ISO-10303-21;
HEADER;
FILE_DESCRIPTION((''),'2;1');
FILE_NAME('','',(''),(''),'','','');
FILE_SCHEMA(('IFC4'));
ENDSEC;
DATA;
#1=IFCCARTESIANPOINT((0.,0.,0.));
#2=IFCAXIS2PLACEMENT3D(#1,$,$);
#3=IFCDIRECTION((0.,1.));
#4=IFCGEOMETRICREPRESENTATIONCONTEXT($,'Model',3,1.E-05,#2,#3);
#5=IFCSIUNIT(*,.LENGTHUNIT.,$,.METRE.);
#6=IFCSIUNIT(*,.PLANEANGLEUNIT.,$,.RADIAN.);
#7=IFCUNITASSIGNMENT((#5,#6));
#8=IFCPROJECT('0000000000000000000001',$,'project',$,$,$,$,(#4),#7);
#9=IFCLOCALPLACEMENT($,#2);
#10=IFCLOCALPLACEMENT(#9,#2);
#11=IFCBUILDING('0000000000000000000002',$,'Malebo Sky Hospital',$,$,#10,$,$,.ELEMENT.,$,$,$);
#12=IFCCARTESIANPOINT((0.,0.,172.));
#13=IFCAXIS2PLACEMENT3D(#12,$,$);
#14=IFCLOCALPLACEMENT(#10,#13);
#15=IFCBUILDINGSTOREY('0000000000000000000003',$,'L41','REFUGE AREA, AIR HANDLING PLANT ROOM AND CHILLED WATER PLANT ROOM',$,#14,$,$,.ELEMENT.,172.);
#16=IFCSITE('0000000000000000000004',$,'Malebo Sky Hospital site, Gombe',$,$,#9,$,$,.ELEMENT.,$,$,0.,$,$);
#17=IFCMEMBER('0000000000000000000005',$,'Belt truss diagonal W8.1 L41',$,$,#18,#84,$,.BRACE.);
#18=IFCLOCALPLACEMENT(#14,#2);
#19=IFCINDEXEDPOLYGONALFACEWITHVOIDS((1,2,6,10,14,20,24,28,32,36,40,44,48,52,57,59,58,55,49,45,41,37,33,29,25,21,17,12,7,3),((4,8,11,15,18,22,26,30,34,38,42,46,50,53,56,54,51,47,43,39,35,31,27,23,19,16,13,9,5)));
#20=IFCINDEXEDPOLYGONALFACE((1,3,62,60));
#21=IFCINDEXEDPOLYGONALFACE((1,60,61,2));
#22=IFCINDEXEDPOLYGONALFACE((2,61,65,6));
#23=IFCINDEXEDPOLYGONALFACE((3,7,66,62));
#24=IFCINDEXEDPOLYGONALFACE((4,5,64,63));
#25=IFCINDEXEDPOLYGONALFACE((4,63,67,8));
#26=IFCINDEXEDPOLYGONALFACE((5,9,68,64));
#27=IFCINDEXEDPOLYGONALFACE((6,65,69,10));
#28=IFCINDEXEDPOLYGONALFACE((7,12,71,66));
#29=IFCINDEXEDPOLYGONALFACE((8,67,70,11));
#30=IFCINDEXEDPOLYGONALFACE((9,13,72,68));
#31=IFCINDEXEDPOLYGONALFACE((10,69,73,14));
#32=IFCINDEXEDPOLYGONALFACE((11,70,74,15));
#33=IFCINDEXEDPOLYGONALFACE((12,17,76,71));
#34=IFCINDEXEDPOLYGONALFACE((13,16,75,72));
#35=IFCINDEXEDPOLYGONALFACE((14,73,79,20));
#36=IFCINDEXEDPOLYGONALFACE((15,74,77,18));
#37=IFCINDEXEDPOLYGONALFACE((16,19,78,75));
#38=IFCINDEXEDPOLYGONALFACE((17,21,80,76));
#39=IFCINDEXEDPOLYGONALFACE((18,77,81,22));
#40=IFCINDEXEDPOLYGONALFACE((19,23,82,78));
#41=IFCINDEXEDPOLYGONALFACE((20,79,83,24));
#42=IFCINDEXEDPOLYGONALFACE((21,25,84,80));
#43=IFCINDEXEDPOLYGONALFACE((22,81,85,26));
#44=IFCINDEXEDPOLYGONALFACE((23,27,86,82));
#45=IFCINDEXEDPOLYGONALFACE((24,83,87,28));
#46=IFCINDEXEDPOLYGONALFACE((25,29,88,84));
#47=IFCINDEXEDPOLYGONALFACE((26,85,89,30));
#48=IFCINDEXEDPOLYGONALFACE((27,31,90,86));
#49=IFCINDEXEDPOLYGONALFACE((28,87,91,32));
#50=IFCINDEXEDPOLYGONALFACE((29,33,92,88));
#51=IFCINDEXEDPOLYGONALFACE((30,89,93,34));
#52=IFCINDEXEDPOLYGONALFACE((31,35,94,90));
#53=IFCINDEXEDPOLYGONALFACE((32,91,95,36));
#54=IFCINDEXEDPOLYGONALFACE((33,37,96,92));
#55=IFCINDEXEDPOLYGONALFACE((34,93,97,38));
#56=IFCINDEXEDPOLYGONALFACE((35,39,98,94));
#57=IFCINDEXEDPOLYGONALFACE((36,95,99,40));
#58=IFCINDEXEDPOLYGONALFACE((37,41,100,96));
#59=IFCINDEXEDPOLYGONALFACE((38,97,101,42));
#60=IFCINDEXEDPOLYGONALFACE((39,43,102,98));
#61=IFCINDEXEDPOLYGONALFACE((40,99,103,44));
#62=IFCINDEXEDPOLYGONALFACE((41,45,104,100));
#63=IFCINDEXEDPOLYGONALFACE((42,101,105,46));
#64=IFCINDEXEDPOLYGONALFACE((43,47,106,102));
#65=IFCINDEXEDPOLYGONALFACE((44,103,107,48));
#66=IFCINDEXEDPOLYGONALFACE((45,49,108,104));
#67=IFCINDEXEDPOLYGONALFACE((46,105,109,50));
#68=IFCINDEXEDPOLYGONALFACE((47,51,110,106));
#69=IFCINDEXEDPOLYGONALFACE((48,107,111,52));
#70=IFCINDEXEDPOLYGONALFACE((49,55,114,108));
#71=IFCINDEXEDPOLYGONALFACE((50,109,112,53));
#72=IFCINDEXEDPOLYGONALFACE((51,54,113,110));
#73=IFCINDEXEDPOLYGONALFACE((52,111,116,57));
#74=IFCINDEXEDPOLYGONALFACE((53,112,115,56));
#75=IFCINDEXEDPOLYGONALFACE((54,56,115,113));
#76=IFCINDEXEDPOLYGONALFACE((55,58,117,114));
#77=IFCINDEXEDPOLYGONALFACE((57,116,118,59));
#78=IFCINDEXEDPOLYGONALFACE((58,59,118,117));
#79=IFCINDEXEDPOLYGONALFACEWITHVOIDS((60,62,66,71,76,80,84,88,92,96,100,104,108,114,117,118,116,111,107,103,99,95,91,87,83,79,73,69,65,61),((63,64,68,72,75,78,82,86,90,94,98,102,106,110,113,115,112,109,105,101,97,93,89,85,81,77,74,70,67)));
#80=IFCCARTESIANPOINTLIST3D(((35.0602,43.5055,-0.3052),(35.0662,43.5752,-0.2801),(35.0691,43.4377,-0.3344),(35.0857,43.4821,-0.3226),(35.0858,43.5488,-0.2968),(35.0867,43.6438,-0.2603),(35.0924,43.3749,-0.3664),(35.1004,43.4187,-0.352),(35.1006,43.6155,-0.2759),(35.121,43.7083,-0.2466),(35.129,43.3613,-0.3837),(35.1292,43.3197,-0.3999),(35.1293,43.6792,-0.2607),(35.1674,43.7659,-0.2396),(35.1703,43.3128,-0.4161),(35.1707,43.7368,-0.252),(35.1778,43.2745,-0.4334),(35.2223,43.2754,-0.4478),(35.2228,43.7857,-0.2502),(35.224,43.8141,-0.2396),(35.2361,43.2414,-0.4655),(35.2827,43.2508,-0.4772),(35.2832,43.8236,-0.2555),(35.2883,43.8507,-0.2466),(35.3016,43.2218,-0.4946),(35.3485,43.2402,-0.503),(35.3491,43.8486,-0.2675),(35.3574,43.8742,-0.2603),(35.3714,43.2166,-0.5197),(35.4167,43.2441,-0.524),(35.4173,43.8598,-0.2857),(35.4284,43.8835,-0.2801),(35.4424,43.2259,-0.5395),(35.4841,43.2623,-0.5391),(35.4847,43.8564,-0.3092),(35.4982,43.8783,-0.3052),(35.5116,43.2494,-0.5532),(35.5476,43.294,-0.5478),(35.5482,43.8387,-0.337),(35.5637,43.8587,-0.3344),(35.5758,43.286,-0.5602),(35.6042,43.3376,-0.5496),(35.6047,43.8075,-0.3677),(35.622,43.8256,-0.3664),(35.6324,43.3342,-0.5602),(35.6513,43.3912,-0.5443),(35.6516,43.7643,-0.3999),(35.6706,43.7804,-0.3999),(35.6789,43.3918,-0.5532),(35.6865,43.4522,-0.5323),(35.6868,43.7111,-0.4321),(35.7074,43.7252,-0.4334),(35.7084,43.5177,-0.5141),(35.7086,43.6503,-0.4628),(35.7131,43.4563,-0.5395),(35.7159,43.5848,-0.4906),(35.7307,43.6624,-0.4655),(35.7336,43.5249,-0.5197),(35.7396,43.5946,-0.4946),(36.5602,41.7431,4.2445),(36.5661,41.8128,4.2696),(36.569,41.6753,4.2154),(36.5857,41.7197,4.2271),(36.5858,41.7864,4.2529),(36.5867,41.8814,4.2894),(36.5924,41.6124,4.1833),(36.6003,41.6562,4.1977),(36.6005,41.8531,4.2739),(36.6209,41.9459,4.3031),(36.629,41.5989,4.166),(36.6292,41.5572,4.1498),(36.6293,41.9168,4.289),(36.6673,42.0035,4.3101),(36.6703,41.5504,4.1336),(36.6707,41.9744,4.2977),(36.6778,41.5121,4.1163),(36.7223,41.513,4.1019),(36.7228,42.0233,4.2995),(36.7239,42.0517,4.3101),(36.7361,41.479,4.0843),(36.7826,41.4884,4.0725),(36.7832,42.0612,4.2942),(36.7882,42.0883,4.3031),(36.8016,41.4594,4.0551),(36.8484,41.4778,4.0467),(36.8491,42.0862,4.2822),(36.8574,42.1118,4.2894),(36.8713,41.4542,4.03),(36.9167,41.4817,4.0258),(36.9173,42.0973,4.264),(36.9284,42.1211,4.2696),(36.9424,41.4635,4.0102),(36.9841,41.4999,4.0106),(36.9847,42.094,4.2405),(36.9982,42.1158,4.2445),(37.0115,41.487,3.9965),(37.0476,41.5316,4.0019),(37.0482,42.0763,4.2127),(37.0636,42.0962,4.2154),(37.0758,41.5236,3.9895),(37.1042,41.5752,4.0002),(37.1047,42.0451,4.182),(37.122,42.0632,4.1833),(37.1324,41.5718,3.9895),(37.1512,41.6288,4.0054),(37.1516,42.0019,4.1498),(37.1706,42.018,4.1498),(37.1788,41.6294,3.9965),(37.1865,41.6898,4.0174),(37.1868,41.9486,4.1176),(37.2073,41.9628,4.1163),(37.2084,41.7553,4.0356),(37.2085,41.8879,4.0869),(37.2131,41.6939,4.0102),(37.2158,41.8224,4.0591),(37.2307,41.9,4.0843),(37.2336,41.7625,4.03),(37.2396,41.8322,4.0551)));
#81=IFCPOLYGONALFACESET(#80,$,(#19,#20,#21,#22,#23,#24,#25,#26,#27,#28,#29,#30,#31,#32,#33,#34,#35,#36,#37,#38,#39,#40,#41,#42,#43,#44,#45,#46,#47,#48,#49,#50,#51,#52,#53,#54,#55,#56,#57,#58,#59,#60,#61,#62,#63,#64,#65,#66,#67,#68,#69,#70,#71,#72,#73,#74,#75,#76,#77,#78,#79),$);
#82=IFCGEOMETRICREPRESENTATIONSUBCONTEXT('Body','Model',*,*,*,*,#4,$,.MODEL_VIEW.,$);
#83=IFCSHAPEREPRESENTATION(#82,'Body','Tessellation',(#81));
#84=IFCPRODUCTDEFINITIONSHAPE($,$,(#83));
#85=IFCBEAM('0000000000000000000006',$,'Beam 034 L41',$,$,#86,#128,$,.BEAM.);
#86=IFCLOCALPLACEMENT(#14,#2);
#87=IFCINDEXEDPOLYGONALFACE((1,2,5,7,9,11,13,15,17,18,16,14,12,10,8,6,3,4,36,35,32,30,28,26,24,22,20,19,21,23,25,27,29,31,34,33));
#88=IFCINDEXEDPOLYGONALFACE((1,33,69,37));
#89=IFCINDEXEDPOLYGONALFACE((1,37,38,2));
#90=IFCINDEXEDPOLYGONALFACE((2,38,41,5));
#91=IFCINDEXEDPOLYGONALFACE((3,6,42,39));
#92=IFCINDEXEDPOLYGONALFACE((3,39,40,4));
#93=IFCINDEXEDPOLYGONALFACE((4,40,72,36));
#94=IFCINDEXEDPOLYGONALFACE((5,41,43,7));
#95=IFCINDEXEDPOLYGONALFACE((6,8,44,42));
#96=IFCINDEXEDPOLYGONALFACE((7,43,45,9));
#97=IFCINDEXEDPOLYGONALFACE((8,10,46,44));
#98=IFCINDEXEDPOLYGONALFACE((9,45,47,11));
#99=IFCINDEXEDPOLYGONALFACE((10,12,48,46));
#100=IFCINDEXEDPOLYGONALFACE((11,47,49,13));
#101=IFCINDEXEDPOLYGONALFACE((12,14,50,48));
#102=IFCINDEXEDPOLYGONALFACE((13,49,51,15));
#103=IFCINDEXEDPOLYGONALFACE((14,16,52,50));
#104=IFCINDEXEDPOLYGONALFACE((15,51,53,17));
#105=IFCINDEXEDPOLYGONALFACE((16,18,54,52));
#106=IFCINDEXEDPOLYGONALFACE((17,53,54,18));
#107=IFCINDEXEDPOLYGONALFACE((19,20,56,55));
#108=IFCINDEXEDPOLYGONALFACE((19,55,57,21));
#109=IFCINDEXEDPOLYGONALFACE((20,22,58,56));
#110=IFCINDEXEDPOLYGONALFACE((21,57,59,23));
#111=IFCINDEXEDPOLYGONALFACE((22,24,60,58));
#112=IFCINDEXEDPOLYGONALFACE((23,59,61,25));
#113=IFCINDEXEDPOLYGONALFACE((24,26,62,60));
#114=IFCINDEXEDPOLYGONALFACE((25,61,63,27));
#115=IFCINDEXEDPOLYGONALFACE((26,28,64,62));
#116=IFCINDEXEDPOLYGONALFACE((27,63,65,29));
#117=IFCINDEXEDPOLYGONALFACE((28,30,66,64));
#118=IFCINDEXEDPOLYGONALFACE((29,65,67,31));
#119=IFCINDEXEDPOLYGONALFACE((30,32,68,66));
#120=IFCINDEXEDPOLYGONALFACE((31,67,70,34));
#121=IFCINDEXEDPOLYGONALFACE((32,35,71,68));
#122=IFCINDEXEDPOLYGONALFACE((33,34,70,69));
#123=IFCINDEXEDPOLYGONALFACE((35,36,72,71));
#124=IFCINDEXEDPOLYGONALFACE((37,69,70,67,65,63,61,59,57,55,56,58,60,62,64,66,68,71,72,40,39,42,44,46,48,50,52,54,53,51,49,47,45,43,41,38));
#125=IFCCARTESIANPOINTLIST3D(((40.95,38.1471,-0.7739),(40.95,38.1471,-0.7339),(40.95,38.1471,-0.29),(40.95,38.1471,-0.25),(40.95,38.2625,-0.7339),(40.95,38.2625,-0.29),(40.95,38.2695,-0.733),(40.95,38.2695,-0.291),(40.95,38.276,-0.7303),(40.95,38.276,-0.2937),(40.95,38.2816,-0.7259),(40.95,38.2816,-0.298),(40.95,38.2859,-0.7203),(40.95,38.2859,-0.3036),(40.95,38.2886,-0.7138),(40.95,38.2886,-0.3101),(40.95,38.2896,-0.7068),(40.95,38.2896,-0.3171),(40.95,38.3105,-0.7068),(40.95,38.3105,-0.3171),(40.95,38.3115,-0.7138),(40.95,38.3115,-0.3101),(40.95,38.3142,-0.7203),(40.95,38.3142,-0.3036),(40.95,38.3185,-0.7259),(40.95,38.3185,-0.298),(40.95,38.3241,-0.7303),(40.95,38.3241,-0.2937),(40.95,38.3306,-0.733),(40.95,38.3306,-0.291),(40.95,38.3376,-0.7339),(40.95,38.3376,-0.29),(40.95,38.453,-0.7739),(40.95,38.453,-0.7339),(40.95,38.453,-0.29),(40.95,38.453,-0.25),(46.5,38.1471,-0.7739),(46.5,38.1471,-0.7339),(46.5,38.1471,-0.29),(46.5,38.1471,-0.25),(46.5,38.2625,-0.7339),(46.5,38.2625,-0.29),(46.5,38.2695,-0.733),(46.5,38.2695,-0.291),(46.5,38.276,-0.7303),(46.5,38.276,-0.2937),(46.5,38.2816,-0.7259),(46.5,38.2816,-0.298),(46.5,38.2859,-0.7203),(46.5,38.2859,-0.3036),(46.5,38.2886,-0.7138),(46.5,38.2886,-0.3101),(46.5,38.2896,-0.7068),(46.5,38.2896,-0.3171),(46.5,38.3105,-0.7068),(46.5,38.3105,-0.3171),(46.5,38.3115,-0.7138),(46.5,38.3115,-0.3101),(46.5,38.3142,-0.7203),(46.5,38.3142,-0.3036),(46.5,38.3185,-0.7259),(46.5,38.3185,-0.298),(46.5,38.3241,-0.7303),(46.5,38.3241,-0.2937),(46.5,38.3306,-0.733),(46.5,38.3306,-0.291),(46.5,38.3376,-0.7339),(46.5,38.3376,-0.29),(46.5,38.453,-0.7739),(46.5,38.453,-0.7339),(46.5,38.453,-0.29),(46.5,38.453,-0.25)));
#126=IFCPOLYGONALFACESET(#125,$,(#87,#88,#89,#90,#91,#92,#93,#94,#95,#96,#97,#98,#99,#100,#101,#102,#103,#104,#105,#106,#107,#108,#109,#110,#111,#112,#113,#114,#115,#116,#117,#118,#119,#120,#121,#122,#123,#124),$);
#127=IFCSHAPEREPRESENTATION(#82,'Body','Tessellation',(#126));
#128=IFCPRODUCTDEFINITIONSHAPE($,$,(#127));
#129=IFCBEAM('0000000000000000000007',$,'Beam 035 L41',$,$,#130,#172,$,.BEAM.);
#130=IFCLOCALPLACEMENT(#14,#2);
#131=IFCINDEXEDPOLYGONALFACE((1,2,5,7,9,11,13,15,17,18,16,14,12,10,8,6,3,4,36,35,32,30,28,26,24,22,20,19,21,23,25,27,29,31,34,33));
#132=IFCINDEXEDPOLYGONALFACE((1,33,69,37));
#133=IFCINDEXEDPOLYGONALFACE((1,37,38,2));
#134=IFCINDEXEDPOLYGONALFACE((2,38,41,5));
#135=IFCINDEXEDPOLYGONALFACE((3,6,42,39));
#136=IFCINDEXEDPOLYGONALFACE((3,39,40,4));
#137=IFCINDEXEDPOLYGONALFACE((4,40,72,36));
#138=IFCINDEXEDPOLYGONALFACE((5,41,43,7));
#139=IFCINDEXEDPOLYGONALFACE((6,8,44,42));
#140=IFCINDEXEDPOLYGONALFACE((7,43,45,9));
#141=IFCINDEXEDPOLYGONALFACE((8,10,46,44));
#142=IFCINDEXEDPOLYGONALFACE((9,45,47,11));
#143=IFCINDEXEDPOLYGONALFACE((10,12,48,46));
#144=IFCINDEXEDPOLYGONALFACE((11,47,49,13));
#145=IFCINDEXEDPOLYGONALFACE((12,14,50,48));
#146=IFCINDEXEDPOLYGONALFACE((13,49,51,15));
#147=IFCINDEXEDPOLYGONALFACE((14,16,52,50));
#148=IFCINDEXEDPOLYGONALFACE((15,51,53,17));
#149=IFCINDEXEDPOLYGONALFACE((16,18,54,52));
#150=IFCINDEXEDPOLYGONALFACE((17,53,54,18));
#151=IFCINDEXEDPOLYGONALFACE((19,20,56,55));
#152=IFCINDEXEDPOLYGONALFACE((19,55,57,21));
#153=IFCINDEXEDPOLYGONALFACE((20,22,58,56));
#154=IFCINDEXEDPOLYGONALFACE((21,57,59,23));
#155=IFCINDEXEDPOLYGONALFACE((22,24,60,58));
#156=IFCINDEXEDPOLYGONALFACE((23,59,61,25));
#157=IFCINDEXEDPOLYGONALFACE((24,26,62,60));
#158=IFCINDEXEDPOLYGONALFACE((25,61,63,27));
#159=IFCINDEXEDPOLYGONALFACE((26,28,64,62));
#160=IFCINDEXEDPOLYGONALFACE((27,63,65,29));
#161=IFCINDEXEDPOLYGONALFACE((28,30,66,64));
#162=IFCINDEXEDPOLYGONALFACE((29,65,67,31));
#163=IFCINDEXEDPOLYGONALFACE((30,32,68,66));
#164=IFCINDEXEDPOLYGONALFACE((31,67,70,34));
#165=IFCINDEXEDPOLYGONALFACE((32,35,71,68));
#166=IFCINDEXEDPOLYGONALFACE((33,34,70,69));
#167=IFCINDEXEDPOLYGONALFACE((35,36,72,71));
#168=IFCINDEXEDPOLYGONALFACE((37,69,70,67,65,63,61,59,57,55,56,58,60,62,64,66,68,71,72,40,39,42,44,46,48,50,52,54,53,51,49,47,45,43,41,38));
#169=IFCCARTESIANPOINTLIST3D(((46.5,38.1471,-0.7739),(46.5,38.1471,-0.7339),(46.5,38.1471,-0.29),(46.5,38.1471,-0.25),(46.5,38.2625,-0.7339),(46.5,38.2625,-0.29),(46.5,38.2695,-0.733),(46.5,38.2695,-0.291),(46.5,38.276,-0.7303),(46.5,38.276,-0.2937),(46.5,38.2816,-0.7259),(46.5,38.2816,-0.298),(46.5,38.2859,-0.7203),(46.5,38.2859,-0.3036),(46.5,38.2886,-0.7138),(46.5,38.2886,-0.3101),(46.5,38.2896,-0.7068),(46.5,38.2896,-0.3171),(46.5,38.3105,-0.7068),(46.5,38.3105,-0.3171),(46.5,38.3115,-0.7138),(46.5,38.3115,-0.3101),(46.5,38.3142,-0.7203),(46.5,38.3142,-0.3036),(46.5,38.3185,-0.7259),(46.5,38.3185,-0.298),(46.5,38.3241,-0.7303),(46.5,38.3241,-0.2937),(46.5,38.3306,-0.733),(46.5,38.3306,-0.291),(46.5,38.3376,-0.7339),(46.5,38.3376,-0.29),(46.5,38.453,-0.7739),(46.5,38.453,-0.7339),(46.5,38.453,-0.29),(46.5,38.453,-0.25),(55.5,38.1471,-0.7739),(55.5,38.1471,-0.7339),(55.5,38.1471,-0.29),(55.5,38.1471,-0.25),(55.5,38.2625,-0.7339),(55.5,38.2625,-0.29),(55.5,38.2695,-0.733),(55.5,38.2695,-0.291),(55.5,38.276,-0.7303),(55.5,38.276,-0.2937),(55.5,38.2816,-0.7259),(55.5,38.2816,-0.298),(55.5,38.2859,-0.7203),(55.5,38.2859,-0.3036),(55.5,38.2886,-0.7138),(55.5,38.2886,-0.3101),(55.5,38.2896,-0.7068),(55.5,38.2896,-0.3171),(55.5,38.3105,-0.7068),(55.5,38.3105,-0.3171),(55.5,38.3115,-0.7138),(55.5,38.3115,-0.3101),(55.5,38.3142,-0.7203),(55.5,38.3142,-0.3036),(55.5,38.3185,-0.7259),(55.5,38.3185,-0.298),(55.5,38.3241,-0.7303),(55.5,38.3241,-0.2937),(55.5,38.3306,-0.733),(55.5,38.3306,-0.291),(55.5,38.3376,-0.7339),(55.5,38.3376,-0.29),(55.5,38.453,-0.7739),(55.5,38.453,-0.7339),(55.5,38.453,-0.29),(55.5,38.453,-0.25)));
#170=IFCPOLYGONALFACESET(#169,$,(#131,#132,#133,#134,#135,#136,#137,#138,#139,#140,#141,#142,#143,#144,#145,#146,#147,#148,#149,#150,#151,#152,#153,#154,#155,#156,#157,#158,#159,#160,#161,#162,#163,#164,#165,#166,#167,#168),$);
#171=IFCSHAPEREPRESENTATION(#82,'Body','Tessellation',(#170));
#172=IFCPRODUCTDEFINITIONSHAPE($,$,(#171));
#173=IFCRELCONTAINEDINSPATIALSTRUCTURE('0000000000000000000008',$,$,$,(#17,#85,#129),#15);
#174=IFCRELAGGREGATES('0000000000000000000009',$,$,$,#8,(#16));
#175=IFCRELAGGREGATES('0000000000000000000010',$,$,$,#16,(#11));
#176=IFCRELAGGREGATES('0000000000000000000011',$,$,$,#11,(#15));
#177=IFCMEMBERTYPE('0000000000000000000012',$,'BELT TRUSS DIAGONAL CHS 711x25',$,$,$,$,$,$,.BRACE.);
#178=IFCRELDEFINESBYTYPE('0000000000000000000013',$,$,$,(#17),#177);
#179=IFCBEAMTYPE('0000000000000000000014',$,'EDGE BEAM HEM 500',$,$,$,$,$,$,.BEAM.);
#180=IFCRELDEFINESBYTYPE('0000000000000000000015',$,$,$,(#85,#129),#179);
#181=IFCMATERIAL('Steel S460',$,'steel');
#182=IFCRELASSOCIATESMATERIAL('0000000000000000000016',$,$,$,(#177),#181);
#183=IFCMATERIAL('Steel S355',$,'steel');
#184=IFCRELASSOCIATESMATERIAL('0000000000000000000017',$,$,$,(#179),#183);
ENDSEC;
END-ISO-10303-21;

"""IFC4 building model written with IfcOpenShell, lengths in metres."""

from ifc_helpers import new_model, si_unit, direction, frame, origin, origin_2d, place, context, subcontext, project, spatial, hollow_circle, i_section, extrude, material, material_profile, profile_set, type_object, element, save


model = new_model("IFC4")

# Units and contexts
model_context = context("Model", 3, precision=1e-05, world=origin(), true_north=direction((0.0, 1.0)))
body_context = subcontext(model_context, "Body", "Model", "MODEL_VIEW")
ifc_project = project(units=[si_unit("LENGTHUNIT", "METRE"), si_unit("PLANEANGLEUNIT", "RADIAN")], contexts=[model_context])

# Site, building, storey
site_placement = place(None, origin())
site = spatial("IfcSite", under=ifc_project, at=site_placement, Name="Malebo Sky Hospital site, Gombe", CompositionType="ELEMENT", RefElevation=0.0)
building_placement = place(site_placement, origin())
building = spatial("IfcBuilding", under=site, at=building_placement, Name="Malebo Sky Hospital", CompositionType="ELEMENT")
storey_placement = place(building_placement, frame((0.0, 0.0, 172.0)))
storey = spatial("IfcBuildingStorey", under=building, at=storey_placement, Name="L41", Description="REFUGE AREA, AIR HANDLING PLANT ROOM AND CHILLED WATER PLANT ROOM", CompositionType="ELEMENT", Elevation=172.0)

# Shared definitions
ifc_material_1 = material(Name="Steel S460", Category="steel")

# Member
ifc_material_profile_1 = material_profile(ifc_material_1, hollow_circle(Radius=0.3555, WallThickness=0.0249, at=origin_2d()), Name="CHS 711x25")
ifc_profile_set_1 = profile_set([ifc_material_profile_1], Name="Steel S460")
member_type_1 = type_object("IfcMemberType", Name="BELT TRUSS DIAGONAL CHS 711x25", PredefinedType="BRACE", material=ifc_profile_set_1)
member_1_placement = place(storey_placement, frame((35.3999, 43.55, -0.3999), z_axis=(0.293853, -0.345267, 0.891314), x_axis=(0.761531, 0.648129, 0.0)))
element("IfcMember", 1, at=member_1_placement, inside=storey, type_object=member_type_1, Name="Belt truss diagonal W8.1 L41", PredefinedType="BRACE", context=body_context, shape_type="SweptSolid", body=[
    extrude(hollow_circle(Radius=0.3555, WallThickness=0.0249, at=origin_2d()), origin(), (0.0, 0.0, 1.0), 5.1045),
])

# Beams
ifc_material_2 = material(Name="Steel S355", Category="steel")
ifc_material_profile_2 = material_profile(ifc_material_2, i_section(OverallWidth=0.3059, OverallDepth=0.5239, WebThickness=0.021, FlangeThickness=0.04, FilletRadius=0.0271, at=origin_2d()), Name="HEM 500")
ifc_profile_set_2 = profile_set([ifc_material_profile_2], Name="Steel S355")
beam_type = type_object("IfcBeamType", Name="EDGE BEAM HEM 500", PredefinedType="BEAM", material=ifc_profile_set_2)
beam_placement = place(storey_placement, frame((40.95, 38.3, -0.512), z_axis=(1.0, 0.0, 0.0), x_axis=(0.0, 1.0, 0.0)))
element("IfcBeam", 2, at=beam_placement, inside=storey, type_object=beam_type, Name="Beam 034 L41", PredefinedType="BEAM", context=body_context, shape_type="SweptSolid", body=[
    extrude(i_section(OverallWidth=0.3059, OverallDepth=0.5239, WebThickness=0.021, FlangeThickness=0.04, FilletRadius=0.0271, at=origin_2d()), origin(), (0.0, 0.0, 1.0), 5.55),
])
for number, where, z_axis, x_axis, name in (
    (3, (46.5, 38.3, -0.512), (1.0, 0.0, 0.0), (0.0, 1.0, 0.0), "Beam 035 L41"),
):
    element("IfcBeam", number, at=place(storey_placement, frame(where, z_axis=z_axis, x_axis=x_axis)), inside=storey, type_object=beam_type, Name=name, PredefinedType="BEAM", context=body_context, shape_type="SweptSolid", body=[
        extrude(i_section(OverallWidth=0.3059, OverallDepth=0.5239, WebThickness=0.021, FlangeThickness=0.04, FilletRadius=0.0271, at=origin_2d()), origin(), (0.0, 0.0, 1.0), 9.0),
    ])

save(model, "model.ifc")
